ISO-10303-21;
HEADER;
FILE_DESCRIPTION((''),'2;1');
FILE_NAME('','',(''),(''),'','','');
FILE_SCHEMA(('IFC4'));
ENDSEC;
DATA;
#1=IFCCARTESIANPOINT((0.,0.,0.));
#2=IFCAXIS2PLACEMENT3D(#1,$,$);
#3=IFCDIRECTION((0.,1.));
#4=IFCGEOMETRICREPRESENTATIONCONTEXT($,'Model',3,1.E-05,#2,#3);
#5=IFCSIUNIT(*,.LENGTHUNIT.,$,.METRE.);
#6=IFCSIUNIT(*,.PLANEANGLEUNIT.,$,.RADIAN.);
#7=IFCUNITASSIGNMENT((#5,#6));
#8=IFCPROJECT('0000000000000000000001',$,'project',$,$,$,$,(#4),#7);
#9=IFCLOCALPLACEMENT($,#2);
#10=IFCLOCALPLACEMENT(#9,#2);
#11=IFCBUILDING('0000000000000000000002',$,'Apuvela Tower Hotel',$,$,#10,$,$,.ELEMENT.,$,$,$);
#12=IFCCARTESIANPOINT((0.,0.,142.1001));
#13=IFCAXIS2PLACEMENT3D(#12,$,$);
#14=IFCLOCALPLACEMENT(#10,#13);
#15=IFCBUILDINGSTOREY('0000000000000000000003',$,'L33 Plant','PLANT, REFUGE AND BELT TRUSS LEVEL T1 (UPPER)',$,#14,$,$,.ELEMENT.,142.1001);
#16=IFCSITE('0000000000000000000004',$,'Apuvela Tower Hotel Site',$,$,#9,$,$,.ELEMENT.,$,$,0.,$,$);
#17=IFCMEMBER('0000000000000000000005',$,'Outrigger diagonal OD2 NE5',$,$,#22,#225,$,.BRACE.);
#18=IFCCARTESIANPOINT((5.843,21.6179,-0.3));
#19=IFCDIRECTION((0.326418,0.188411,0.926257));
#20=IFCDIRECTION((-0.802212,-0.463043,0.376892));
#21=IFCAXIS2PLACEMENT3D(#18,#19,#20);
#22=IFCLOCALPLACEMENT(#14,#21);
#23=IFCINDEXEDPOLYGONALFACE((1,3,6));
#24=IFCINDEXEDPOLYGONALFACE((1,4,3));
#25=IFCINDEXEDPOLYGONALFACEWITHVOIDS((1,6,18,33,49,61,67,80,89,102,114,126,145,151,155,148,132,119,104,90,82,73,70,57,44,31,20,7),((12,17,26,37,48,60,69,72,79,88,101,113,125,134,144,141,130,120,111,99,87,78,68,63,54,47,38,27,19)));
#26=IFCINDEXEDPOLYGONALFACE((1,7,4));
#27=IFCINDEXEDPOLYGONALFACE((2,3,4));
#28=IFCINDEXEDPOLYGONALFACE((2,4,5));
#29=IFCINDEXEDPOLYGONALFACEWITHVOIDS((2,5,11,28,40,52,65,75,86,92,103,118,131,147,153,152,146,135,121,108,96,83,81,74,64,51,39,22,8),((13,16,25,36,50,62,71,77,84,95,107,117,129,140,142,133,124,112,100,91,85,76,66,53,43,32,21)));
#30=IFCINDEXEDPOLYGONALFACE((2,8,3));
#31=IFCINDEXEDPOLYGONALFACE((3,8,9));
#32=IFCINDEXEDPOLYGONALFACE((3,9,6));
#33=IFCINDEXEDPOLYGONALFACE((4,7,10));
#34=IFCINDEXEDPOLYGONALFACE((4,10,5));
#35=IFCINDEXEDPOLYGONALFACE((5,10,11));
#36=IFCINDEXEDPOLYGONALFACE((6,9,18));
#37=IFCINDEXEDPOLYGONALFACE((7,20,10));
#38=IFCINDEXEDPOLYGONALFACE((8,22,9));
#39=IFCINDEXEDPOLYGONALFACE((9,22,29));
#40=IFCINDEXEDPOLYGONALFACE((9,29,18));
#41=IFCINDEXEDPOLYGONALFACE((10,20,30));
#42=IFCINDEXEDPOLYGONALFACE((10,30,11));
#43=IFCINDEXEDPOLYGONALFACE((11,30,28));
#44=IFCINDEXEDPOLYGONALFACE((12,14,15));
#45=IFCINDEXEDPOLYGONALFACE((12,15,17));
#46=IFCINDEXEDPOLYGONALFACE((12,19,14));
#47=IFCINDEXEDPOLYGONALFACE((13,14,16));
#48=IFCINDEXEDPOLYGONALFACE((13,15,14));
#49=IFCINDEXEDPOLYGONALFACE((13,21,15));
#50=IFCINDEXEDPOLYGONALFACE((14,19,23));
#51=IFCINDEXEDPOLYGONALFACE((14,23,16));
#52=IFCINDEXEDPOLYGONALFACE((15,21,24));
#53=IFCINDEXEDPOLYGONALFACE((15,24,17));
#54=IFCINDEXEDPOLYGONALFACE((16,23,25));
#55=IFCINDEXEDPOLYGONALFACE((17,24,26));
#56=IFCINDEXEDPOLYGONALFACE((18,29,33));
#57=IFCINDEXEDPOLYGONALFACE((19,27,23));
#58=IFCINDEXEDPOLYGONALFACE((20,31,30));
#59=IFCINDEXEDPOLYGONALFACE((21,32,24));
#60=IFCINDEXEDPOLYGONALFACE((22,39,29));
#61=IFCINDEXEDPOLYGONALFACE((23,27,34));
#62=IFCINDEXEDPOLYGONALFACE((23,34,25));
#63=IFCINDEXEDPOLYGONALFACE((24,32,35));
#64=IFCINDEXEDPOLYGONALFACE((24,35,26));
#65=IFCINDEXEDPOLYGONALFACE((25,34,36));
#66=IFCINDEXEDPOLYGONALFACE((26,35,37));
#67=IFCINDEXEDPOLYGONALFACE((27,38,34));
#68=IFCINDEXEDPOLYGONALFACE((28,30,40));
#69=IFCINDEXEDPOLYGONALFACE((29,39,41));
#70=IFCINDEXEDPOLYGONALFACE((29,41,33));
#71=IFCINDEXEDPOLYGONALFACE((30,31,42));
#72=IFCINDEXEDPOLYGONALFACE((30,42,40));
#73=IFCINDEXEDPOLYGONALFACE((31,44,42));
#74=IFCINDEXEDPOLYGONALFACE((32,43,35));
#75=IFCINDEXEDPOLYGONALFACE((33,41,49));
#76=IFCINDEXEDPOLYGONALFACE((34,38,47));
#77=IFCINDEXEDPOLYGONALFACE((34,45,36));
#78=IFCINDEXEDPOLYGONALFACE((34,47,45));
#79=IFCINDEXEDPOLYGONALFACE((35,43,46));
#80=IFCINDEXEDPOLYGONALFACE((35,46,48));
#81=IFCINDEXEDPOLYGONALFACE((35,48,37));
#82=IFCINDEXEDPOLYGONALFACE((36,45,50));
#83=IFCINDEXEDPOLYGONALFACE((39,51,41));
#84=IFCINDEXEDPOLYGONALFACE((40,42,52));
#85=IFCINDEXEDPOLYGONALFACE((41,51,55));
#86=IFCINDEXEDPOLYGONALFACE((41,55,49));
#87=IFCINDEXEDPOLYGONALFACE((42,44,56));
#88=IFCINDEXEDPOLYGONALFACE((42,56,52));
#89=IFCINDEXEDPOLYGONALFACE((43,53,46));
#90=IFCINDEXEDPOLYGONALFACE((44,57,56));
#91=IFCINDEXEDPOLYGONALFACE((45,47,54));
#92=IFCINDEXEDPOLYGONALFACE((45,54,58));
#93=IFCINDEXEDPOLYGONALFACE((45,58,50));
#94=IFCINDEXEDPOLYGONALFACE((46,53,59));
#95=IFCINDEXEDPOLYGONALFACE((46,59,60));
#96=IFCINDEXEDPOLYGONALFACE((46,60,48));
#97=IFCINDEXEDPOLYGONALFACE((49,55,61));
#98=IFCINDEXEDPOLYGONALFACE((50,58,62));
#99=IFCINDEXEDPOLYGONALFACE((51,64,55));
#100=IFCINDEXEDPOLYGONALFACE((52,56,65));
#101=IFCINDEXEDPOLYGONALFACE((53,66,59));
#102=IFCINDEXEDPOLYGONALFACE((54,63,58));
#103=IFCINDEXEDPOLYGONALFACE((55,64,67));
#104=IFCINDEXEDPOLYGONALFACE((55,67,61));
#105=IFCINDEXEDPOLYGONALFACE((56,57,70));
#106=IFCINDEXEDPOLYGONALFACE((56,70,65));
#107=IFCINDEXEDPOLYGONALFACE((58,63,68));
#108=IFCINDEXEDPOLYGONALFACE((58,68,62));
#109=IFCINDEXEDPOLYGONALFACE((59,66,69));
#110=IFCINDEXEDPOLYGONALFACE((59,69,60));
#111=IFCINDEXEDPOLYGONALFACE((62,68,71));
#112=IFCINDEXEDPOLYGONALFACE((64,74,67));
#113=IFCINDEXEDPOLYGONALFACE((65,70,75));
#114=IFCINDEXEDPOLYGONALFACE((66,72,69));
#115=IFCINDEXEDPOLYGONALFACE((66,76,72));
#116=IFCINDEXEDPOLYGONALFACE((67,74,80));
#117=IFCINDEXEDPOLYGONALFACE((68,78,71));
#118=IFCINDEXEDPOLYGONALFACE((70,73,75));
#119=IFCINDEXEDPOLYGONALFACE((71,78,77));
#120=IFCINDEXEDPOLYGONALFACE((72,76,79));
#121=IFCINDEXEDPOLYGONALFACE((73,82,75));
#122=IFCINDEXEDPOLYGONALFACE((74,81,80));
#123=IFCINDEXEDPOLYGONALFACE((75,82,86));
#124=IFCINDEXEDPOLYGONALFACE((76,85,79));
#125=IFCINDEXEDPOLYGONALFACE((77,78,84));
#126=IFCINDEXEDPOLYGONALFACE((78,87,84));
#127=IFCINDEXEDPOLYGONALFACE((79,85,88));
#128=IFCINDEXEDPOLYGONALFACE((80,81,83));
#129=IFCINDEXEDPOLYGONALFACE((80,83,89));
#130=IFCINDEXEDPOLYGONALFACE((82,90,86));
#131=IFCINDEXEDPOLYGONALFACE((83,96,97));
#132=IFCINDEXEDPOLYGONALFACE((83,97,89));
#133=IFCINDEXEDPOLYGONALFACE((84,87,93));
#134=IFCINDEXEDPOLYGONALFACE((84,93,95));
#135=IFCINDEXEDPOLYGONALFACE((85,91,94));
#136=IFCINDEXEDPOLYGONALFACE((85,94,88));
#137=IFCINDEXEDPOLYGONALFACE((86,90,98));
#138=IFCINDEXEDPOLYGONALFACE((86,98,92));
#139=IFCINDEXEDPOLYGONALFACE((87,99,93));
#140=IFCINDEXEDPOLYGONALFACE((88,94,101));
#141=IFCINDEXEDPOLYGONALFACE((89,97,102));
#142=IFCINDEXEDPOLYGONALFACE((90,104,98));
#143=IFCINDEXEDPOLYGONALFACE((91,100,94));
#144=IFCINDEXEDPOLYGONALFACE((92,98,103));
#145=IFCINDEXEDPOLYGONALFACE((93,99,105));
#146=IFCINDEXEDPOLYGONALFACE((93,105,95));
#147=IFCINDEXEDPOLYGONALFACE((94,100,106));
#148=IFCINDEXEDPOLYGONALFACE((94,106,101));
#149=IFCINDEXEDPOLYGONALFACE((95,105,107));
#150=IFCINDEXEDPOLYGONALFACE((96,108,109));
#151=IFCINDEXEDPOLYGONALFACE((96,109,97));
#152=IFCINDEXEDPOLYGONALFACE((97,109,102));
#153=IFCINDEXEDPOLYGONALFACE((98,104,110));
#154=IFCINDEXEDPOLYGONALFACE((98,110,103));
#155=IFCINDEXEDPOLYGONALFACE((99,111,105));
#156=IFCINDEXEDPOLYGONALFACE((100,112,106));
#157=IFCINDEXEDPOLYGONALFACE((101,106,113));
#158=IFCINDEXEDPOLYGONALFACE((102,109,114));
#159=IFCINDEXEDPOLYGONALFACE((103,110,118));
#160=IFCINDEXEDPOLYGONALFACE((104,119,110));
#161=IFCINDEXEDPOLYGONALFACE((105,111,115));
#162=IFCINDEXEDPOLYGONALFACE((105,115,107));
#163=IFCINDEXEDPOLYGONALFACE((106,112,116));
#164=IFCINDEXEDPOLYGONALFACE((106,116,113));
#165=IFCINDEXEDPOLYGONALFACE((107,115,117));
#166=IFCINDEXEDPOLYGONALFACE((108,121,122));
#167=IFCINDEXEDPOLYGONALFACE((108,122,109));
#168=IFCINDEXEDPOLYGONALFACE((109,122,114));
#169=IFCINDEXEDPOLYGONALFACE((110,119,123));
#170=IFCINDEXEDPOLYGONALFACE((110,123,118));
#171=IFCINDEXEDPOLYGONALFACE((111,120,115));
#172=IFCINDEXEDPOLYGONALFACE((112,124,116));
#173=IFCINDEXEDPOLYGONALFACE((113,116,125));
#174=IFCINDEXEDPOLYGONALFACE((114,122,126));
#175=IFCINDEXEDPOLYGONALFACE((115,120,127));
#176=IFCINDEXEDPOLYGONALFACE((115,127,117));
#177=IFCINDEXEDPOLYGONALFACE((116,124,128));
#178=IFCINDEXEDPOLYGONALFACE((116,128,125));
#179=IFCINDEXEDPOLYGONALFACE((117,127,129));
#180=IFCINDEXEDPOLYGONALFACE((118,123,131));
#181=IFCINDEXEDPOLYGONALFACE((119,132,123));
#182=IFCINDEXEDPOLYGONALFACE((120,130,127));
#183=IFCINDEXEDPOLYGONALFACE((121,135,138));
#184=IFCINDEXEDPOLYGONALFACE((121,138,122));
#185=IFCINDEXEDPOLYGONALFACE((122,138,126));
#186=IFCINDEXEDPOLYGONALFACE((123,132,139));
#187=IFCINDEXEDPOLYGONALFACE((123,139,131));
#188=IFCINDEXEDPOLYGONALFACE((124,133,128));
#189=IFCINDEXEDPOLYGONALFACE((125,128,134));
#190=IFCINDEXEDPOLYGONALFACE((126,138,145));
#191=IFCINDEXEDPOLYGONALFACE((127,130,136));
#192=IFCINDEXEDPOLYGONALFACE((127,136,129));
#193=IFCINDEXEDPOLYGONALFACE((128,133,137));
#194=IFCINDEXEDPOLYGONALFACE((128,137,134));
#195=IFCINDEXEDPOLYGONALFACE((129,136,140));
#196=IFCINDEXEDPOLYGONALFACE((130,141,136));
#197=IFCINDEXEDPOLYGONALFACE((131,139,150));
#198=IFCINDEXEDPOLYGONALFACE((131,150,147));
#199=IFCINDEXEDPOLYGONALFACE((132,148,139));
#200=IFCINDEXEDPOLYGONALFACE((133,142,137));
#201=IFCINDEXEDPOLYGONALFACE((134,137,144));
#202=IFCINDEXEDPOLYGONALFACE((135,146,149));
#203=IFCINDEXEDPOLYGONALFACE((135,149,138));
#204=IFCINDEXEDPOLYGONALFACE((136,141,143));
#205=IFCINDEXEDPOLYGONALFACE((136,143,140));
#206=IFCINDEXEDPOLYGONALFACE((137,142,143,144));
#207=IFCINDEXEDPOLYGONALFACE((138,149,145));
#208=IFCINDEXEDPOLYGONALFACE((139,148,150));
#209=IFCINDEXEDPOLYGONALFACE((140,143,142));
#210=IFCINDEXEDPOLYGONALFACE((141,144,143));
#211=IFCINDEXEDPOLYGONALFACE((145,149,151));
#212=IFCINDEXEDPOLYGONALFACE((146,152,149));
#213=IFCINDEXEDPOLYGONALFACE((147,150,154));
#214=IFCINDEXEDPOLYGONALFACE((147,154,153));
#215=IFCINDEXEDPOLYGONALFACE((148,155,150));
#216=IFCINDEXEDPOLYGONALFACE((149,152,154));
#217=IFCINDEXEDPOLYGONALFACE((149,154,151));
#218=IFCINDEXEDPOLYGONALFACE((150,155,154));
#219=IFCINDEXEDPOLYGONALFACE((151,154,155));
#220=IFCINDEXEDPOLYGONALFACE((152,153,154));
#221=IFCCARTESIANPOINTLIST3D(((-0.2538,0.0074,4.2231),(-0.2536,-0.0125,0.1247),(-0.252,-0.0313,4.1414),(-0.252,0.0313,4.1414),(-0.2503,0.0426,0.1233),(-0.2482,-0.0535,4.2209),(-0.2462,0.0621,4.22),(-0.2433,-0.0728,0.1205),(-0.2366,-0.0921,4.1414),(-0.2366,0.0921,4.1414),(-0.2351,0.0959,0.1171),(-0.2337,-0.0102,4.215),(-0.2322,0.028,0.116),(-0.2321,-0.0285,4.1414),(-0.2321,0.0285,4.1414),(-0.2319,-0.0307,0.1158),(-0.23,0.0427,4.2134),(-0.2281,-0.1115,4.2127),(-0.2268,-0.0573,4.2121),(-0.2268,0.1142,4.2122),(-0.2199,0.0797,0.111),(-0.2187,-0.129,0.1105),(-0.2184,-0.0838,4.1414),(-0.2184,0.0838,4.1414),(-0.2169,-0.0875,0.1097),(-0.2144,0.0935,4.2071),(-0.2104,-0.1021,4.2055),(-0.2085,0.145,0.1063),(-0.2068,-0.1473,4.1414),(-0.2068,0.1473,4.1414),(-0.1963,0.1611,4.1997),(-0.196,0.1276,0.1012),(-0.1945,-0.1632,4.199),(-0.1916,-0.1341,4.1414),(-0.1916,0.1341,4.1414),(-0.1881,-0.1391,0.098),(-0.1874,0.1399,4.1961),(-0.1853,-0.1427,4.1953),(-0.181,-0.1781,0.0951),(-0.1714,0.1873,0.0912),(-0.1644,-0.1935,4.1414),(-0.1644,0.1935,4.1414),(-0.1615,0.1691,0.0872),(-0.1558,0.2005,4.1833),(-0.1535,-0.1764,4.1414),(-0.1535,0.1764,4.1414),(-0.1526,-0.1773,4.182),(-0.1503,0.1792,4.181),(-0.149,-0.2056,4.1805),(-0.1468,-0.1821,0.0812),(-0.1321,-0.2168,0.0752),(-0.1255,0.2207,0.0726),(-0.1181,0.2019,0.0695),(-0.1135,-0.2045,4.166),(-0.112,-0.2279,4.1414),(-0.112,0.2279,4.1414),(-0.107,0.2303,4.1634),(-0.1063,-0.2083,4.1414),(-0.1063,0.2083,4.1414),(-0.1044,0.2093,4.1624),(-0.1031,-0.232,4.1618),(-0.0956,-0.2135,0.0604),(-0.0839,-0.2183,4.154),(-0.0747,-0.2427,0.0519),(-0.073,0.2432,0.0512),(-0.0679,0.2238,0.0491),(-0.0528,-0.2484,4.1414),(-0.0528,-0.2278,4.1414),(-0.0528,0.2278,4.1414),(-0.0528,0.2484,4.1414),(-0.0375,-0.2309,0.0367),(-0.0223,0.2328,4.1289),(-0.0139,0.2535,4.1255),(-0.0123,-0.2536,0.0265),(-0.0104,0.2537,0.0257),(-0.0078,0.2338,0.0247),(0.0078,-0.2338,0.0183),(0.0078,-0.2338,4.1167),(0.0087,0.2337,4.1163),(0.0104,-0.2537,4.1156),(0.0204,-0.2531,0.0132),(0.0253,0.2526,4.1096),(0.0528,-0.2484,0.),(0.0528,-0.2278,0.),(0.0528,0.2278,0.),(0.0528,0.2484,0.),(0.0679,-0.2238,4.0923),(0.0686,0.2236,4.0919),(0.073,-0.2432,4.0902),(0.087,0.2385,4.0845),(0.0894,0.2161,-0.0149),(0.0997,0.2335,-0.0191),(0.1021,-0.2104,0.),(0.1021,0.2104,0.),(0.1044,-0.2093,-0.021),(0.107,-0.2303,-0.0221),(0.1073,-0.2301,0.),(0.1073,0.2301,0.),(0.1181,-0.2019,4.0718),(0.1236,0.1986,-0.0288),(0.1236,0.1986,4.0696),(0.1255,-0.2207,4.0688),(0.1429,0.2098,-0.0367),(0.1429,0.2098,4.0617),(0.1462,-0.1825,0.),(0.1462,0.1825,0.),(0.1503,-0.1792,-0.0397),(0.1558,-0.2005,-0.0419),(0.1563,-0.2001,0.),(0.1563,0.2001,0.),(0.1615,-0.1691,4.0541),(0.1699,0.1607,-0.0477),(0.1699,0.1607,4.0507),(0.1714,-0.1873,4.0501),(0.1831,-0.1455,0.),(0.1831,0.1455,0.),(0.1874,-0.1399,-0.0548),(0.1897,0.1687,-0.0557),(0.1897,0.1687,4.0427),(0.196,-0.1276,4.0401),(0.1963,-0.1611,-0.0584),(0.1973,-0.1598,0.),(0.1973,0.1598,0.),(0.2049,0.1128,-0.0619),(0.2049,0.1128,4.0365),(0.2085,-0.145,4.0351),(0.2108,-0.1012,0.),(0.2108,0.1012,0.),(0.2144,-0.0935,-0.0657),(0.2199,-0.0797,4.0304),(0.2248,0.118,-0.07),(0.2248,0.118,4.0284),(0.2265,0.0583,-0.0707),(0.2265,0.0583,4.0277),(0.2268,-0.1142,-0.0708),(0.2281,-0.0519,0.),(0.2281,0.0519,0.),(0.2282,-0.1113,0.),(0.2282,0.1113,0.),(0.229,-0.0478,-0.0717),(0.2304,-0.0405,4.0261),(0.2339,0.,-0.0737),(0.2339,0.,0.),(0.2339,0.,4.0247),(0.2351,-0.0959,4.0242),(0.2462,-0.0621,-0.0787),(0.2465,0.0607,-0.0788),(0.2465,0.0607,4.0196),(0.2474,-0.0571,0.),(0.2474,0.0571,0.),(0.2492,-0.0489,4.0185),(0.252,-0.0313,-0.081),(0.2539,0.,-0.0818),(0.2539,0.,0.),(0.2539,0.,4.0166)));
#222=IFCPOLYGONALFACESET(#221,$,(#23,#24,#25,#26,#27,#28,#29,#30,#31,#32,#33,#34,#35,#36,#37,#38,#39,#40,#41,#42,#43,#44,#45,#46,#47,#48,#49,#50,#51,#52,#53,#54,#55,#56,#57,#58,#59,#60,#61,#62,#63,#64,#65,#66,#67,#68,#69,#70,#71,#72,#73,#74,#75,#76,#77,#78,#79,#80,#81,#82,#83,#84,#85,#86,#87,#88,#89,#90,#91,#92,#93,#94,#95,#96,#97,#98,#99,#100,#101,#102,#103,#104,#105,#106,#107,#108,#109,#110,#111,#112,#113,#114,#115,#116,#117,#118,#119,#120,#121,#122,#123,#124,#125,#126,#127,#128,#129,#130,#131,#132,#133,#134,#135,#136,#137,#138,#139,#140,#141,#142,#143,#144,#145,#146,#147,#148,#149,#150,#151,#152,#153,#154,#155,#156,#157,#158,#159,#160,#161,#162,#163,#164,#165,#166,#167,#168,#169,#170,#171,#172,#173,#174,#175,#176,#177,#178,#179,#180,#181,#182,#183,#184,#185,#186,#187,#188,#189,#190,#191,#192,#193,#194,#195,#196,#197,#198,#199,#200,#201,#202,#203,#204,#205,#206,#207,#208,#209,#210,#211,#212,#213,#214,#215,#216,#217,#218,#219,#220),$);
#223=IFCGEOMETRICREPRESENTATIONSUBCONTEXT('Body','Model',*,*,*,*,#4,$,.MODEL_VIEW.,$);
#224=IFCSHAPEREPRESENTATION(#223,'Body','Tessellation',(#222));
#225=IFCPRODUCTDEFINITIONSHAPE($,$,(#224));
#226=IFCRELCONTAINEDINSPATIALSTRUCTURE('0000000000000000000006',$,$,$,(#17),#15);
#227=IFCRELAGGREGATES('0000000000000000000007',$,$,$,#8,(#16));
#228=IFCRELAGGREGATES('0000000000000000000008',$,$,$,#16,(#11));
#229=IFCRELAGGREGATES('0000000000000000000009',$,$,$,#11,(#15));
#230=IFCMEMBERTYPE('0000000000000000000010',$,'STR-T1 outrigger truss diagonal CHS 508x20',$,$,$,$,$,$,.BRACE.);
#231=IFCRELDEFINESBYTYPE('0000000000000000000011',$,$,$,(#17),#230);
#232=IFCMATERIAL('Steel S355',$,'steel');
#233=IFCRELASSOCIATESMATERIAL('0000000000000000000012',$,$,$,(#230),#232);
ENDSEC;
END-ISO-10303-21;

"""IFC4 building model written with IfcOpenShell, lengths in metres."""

from ifc_helpers import new_model, si_unit, direction, frame, origin, origin_2d, place, context, subcontext, project, spatial, hollow_circle, extrude, boolean, halfspace, material, material_profile, profile_set, type_object, element, save


model = new_model("IFC4")

# Units and contexts
model_context = context("Model", 3, precision=1e-05, world=origin(), true_north=direction((0.0, 1.0)))
body_context = subcontext(model_context, "Body", "Model", "MODEL_VIEW")
ifc_project = project(units=[si_unit("LENGTHUNIT", "METRE"), si_unit("PLANEANGLEUNIT", "RADIAN")], contexts=[model_context])

# Site, building, storey
site_placement = place(None, origin())
site = spatial("IfcSite", under=ifc_project, at=site_placement, Name="Apuvela Tower Hotel Site", CompositionType="ELEMENT", RefElevation=0.0)
building_placement = place(site_placement, origin())
building = spatial("IfcBuilding", under=site, at=building_placement, Name="Apuvela Tower Hotel", CompositionType="ELEMENT")
storey_placement = place(building_placement, frame((0.0, 0.0, 142.1001)))
storey = spatial("IfcBuildingStorey", under=building, at=storey_placement, Name="L33 Plant", Description="PLANT, REFUGE AND BELT TRUSS LEVEL T1 (UPPER)", CompositionType="ELEMENT", Elevation=142.1001)

# Shared definitions
ifc_material_1 = material(Name="Steel S355", Category="steel")

# Member
ifc_material_profile_1 = material_profile(ifc_material_1, hollow_circle(Radius=0.2539, WallThickness=0.02, at=origin_2d()), Name="CHS 508x20")
ifc_profile_set_1 = profile_set([ifc_material_profile_1], Name="Steel S355")
member_type = type_object("IfcMemberType", Name="STR-T1 outrigger truss diagonal CHS 508x20", PredefinedType="BRACE", material=ifc_profile_set_1)
member_placement = place(storey_placement, frame((5.843, 21.6179, -0.3), z_axis=(0.326418, 0.188411, 0.926257), x_axis=(-0.802212, -0.463043, 0.376892)))
solid = boolean("DIFFERENCE", boolean("DIFFERENCE", extrude(hollow_circle(Radius=0.2539, WallThickness=0.02, at=origin_2d()), frame((0.0, 0.0, -0.2234)), (0.0, 0.0, 1.0), 4.5879), halfspace(frame((0.0, 0.0, 0.0215), z_axis=(0.376892, 0.0, 0.926257), x_axis=(0.926257, 0.0, -0.376892)), True)), halfspace(frame((0.0, 0.0, 4.1199), z_axis=(0.376892, 0.0, 0.926257), x_axis=(0.926257, 0.0, -0.376892)), False))
element("IfcMember", 1, at=member_placement, inside=storey, type_object=member_type, Name="Outrigger diagonal OD2 NE5", PredefinedType="BRACE", context=body_context, shape_type="SweptSolid", body=[
    boolean("UNION", boolean("DIFFERENCE", boolean("DIFFERENCE", extrude(hollow_circle(Radius=0.2539, WallThickness=0.02, at=origin_2d()), origin(), (0.0, 0.0, 1.0), 4.1414), halfspace(frame((0.0, 0.0, 0.0215), z_axis=(0.376892, 0.0, 0.926257), x_axis=(0.926257, 0.0, -0.376892)), True)), halfspace(frame((0.0, 0.0, 4.1199), z_axis=(0.376892, 0.0, 0.926257), x_axis=(0.926257, 0.0, -0.376892)), False)), solid),
])

save(model, "model.ifc")
